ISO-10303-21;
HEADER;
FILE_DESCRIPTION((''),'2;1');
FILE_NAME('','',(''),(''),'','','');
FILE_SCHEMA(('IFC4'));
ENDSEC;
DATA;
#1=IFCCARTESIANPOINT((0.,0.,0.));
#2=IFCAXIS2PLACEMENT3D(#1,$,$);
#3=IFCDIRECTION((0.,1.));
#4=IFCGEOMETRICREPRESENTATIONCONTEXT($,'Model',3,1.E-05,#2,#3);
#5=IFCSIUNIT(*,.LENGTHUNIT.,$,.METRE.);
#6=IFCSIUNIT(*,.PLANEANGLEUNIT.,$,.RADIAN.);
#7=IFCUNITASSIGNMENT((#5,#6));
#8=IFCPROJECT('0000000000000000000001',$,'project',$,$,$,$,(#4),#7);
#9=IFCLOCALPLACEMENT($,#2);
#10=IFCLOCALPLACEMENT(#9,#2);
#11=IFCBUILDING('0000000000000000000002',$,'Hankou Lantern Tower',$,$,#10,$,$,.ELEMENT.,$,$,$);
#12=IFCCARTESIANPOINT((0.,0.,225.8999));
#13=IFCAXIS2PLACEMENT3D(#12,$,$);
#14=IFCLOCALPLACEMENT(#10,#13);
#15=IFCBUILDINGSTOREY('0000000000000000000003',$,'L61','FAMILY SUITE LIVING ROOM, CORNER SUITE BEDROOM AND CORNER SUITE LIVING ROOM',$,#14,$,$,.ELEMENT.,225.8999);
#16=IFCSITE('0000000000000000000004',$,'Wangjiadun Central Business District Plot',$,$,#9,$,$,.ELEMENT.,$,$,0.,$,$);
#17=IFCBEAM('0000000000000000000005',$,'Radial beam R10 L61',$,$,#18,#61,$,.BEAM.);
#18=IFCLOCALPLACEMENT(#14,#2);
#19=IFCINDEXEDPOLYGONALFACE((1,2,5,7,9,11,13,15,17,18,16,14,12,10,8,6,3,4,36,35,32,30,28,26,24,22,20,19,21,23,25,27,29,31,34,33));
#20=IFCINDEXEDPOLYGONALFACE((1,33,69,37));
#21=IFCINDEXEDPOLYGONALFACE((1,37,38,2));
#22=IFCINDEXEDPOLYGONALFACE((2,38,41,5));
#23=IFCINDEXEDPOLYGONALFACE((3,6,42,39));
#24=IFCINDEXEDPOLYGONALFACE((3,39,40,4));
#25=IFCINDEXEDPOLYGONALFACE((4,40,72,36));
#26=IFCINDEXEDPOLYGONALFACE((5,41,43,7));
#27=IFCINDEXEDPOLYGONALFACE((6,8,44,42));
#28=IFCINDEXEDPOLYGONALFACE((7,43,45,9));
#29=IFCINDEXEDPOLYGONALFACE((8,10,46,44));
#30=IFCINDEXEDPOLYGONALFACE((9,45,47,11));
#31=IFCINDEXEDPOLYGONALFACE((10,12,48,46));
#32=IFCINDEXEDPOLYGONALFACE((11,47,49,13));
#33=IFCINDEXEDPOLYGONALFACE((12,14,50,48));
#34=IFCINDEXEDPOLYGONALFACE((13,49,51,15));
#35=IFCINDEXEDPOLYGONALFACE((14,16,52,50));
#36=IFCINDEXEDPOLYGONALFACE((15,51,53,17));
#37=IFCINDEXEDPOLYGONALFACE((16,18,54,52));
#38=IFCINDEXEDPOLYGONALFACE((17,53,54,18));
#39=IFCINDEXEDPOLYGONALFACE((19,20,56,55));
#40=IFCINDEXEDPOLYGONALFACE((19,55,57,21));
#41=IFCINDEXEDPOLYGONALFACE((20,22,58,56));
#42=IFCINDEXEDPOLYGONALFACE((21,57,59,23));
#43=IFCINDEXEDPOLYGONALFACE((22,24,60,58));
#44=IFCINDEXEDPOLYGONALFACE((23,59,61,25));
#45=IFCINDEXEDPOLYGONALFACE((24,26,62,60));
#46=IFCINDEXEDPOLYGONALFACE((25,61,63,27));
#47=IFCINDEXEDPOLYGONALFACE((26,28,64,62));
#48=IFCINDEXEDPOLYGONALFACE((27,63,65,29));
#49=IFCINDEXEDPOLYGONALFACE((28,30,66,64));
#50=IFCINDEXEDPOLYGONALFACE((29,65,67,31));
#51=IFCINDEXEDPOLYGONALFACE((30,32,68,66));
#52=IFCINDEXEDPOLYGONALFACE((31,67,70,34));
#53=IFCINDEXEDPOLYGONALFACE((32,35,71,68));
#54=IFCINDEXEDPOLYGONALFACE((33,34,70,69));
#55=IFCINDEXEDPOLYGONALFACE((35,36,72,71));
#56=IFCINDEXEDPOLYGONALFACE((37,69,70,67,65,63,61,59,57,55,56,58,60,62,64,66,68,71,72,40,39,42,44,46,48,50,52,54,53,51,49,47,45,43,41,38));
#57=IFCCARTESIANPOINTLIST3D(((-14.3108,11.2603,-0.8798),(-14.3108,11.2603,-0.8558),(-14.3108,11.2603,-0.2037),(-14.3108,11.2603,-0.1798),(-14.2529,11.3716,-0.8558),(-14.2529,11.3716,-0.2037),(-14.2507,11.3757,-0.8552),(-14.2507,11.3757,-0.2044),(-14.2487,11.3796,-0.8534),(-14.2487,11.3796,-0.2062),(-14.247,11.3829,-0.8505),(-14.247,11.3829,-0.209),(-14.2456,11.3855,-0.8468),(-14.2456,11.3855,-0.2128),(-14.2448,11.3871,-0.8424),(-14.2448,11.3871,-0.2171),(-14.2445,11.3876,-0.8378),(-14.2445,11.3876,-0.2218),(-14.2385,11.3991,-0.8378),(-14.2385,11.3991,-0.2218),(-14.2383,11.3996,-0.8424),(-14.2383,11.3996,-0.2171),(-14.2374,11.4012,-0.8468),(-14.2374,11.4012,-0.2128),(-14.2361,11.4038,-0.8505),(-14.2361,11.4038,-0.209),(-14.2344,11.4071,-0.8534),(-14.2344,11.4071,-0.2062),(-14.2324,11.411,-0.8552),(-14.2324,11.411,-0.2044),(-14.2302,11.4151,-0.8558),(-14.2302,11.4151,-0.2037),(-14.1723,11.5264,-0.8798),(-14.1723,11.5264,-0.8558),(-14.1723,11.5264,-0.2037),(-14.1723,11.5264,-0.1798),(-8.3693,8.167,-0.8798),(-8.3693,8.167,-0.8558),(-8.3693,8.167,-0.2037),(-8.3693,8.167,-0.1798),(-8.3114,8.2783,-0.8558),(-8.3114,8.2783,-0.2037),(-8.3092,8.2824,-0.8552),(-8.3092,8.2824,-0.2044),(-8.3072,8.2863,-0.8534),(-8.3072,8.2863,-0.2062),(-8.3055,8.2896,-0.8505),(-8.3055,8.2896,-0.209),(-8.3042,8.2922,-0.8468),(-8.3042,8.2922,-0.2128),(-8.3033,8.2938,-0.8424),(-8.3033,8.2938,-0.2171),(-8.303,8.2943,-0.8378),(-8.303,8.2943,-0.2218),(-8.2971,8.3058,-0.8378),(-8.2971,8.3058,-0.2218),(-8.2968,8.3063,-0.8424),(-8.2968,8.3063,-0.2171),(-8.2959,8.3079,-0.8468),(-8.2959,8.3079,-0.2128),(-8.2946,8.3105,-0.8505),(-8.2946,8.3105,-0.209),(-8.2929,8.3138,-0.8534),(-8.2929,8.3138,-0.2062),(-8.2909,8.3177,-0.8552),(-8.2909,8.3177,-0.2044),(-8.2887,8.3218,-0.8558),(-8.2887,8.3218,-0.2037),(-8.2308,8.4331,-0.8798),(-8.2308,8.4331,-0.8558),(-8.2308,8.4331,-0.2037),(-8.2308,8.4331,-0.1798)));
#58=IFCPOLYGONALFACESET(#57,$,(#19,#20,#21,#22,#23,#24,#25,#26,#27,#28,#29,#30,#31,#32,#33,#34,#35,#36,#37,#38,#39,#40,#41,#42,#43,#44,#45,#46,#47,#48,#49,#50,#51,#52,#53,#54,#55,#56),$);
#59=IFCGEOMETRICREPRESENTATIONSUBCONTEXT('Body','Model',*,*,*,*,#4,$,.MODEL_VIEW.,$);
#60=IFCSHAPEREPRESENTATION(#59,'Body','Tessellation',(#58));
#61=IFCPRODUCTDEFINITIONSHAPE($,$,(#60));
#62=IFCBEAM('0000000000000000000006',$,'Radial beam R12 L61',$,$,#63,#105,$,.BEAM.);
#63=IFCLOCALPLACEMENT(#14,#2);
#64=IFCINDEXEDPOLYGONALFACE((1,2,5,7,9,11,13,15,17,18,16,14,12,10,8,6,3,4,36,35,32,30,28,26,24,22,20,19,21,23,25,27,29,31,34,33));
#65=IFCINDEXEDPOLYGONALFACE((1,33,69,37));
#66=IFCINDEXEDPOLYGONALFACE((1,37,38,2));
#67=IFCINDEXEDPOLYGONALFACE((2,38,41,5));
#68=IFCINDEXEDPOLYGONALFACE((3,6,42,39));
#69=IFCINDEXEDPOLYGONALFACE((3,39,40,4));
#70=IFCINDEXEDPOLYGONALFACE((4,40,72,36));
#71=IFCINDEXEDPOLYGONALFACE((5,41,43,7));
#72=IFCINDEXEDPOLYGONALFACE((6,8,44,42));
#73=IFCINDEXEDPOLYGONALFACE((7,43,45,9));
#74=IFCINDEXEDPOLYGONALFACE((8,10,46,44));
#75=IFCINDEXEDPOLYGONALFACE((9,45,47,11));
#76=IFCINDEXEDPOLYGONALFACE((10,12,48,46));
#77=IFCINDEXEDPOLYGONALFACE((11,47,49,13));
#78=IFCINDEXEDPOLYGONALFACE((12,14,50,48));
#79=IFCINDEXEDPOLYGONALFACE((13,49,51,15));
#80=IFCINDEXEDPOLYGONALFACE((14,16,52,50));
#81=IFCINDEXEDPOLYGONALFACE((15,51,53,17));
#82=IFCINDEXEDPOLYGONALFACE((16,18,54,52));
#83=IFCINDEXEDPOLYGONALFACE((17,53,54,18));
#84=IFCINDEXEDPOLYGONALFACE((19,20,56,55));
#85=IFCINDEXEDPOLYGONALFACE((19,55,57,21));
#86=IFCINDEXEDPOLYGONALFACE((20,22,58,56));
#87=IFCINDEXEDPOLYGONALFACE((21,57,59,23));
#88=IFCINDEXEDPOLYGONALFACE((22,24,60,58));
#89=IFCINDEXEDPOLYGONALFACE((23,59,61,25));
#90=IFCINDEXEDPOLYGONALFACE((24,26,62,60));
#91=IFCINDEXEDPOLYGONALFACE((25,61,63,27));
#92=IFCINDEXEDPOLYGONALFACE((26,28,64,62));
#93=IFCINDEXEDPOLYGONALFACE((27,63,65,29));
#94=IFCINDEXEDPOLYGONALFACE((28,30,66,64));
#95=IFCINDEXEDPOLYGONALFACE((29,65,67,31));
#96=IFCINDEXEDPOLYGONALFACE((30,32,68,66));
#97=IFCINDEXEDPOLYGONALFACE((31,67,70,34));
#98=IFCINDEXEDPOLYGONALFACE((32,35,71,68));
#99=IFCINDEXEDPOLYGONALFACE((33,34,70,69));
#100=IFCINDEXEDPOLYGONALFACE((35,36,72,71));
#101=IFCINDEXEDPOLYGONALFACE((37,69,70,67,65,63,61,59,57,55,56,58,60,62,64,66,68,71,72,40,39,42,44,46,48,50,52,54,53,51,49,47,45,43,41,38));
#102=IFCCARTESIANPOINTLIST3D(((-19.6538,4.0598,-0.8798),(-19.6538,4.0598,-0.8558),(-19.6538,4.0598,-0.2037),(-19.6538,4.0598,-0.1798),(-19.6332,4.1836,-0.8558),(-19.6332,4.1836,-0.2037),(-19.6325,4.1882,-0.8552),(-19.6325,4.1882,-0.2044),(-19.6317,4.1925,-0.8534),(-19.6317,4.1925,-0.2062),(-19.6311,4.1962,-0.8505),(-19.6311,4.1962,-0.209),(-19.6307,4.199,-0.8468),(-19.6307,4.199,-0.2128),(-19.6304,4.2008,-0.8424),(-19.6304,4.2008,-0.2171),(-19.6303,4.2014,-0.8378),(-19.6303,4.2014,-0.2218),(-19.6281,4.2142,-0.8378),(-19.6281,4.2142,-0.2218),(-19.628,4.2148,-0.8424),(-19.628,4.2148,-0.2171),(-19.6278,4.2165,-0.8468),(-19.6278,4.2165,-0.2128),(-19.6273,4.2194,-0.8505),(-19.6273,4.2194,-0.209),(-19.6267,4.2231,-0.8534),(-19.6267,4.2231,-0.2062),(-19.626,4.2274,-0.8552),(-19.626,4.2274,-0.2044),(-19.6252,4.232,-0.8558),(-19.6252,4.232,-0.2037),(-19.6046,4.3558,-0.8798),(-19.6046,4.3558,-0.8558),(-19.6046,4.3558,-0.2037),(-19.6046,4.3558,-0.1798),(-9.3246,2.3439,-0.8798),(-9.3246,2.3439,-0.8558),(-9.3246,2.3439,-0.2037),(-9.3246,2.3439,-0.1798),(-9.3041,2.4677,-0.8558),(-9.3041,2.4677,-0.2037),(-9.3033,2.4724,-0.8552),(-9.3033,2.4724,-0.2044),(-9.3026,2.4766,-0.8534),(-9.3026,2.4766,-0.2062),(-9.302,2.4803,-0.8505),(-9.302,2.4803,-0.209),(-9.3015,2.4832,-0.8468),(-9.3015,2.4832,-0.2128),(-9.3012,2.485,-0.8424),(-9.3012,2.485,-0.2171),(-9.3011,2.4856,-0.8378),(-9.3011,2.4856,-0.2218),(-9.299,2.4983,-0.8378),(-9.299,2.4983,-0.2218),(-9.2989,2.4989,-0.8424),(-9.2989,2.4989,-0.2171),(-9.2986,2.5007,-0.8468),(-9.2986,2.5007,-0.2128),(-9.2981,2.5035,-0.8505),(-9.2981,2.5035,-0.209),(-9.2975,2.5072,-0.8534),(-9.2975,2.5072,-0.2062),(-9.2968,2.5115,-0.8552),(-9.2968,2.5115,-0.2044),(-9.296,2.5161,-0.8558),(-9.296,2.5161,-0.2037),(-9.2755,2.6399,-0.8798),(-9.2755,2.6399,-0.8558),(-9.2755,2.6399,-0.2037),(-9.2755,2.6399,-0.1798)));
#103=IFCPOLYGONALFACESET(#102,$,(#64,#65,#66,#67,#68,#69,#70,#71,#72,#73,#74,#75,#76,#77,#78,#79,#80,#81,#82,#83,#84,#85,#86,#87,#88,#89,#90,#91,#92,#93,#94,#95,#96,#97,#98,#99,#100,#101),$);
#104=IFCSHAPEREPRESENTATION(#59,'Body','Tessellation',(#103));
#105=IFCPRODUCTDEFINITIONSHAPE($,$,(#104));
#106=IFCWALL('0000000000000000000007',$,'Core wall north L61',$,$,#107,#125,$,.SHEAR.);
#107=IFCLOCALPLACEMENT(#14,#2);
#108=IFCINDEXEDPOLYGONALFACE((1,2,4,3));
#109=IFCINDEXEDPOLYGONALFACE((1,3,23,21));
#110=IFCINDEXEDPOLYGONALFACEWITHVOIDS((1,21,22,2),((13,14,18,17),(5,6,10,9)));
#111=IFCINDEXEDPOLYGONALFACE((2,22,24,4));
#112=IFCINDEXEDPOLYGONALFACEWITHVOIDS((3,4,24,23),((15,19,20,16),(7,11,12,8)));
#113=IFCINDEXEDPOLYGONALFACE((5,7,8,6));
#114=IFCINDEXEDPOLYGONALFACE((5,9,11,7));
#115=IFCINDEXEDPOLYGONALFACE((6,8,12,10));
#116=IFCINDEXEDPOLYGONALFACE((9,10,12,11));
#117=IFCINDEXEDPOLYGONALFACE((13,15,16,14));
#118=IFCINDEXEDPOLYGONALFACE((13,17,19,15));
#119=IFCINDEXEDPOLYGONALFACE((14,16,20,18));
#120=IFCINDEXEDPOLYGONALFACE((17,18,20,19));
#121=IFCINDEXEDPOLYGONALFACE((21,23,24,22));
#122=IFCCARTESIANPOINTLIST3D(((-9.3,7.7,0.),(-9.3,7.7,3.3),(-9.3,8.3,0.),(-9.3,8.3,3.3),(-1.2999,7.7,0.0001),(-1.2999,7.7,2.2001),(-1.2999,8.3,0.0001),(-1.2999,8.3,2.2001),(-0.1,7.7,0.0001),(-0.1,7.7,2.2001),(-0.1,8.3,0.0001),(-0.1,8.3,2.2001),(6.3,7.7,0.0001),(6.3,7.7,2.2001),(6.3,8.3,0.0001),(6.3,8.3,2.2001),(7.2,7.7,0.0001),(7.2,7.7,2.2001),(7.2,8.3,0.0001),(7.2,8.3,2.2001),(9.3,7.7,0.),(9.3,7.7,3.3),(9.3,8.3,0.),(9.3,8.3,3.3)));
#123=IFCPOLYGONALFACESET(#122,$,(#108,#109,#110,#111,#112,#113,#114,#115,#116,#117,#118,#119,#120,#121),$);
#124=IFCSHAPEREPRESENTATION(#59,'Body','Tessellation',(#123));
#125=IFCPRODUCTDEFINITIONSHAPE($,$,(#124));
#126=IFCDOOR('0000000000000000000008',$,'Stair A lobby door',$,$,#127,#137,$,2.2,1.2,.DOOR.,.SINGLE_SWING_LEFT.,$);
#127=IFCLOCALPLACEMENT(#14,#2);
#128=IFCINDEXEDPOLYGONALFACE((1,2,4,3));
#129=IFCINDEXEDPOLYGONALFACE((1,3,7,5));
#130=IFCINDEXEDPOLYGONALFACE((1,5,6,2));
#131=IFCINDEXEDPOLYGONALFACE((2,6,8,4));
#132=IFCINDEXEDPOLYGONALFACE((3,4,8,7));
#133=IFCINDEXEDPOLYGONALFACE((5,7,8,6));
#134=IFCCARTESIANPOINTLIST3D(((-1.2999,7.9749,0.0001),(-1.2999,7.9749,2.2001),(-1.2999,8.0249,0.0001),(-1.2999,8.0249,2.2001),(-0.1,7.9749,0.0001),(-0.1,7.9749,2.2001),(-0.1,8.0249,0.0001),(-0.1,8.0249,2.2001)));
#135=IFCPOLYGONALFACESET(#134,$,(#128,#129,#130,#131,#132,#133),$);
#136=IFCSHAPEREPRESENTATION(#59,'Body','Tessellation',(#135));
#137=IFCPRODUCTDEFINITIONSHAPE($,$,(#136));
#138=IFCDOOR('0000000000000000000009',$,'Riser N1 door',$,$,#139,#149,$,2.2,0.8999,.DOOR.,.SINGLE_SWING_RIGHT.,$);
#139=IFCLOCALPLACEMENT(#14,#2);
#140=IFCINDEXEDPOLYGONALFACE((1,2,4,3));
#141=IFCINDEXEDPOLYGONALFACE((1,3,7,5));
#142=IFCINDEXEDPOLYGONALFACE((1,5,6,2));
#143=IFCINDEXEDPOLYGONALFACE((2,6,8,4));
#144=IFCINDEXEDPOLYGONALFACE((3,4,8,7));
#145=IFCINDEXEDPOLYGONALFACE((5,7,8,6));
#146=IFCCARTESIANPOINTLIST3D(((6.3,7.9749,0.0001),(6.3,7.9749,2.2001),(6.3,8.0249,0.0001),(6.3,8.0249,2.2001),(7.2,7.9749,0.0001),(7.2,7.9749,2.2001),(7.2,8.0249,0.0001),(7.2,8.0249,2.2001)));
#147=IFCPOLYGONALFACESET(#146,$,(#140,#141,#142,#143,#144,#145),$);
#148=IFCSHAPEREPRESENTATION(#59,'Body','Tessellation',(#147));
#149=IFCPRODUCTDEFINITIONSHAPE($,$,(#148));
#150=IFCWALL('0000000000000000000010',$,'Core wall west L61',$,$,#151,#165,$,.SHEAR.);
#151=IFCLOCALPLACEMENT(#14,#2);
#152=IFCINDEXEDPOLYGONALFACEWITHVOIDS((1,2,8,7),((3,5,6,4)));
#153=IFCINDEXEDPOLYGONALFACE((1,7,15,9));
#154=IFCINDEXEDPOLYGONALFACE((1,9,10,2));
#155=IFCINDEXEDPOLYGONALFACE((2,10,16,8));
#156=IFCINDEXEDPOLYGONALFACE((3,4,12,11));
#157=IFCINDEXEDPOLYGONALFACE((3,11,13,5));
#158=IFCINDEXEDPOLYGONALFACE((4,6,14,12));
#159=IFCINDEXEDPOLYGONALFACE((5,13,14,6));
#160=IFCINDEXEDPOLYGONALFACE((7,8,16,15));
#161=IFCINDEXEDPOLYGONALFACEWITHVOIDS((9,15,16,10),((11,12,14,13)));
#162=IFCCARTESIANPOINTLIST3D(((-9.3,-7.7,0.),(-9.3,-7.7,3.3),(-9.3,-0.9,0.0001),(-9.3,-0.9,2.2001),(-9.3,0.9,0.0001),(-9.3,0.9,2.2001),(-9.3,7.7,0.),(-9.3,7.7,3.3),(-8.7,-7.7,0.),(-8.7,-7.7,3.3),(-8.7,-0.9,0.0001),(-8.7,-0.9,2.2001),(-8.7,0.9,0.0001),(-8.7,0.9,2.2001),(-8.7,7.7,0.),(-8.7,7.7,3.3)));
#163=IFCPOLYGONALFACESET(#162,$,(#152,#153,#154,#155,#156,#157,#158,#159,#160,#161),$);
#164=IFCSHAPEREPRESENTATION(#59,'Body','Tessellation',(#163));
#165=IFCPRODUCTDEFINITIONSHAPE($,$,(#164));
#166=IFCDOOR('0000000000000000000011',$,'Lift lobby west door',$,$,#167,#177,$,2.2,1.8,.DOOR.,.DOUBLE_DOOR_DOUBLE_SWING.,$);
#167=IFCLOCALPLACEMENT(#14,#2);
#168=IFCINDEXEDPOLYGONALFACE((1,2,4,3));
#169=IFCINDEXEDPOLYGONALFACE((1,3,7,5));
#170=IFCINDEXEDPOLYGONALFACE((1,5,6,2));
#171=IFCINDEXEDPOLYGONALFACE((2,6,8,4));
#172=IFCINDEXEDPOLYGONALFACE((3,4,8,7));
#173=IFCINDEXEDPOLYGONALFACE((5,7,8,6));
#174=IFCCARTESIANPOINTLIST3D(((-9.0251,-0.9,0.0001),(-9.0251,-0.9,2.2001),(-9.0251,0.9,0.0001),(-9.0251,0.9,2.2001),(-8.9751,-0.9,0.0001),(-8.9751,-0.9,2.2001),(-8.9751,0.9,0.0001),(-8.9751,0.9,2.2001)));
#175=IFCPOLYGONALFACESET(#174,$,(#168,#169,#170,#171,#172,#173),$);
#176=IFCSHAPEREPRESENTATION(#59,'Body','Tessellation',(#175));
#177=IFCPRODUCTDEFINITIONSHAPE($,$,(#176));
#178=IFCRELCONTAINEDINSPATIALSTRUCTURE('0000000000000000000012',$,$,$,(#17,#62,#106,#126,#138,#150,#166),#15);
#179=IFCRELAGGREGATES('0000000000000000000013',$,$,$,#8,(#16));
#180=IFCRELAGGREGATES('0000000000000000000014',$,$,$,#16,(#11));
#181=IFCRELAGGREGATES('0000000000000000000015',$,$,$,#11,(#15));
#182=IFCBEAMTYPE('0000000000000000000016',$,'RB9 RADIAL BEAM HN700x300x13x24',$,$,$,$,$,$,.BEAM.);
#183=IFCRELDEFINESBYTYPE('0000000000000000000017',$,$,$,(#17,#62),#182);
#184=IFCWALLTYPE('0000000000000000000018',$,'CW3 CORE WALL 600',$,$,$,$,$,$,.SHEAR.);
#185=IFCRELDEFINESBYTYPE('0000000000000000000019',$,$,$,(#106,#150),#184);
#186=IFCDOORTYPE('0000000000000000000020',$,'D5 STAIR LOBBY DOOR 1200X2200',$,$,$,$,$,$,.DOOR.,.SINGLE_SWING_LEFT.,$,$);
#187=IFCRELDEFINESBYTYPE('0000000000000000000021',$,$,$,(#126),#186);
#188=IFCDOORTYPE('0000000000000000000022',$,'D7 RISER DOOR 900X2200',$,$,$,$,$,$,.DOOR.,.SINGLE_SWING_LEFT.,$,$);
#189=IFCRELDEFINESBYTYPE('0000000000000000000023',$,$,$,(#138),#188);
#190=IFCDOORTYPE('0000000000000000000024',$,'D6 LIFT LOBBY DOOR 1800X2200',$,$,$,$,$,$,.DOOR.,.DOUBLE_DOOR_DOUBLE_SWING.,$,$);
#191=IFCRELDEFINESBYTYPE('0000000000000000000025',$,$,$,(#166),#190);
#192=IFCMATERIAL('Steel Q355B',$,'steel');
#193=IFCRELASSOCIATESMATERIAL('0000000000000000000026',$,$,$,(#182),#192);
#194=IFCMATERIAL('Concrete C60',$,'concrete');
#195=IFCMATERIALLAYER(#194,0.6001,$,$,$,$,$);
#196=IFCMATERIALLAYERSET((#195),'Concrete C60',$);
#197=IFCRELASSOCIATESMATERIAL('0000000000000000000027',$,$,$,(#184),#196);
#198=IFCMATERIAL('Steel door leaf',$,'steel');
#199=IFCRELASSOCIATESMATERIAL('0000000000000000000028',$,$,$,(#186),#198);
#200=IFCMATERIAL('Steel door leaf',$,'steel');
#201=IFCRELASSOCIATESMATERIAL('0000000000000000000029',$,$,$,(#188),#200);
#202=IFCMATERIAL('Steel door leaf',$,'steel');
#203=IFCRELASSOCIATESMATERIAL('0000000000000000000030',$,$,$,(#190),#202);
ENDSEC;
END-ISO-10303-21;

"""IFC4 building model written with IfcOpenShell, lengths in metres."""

from ifc_helpers import new_model, si_unit, direction, frame, frame_2d, origin, origin_2d, place, context, subcontext, project, spatial, rectangle, i_section, extrude, material, layer, layer_set, material_profile, profile_set, type_object, element, fill, save


model = new_model("IFC4")

# Units and contexts
model_context = context("Model", 3, precision=1e-05, world=origin(), true_north=direction((0.0, 1.0)))
body_context = subcontext(model_context, "Body", "Model", "MODEL_VIEW")
ifc_project = project(units=[si_unit("LENGTHUNIT", "METRE"), si_unit("PLANEANGLEUNIT", "RADIAN")], contexts=[model_context])

# Site, building, storey
site_placement = place(None, origin())
site = spatial("IfcSite", under=ifc_project, at=site_placement, Name="Wangjiadun Central Business District Plot", CompositionType="ELEMENT", RefElevation=0.0)
building_placement = place(site_placement, origin())
building = spatial("IfcBuilding", under=site, at=building_placement, Name="Hankou Lantern Tower", CompositionType="ELEMENT")
storey_placement = place(building_placement, frame((0.0, 0.0, 225.8999)))
storey = spatial("IfcBuildingStorey", under=building, at=storey_placement, Name="L61", Description="FAMILY SUITE LIVING ROOM, CORNER SUITE BEDROOM AND CORNER SUITE LIVING ROOM", CompositionType="ELEMENT", Elevation=225.8999)

# Beams
ifc_material_1 = material(Name="Steel Q355B", Category="steel")
ifc_material_profile_1 = material_profile(ifc_material_1, i_section(OverallWidth=0.3, OverallDepth=0.7, WebThickness=0.0129, FlangeThickness=0.0239, FilletRadius=0.0181, at=origin_2d()), Name="HN700x300x13x24")
ifc_profile_set_1 = profile_set([ifc_material_profile_1], Name="Steel Q355B")
beam_type_1 = type_object("IfcBeamType", Name="RB9 RADIAL BEAM HN700x300x13x24", PredefinedType="BEAM", material=ifc_profile_set_1)
beam_1_placement = place(storey_placement, frame((-8.3, 8.3, -0.5298), z_axis=(-0.886989, 0.461791, 0.0), x_axis=(-0.461791, -0.886989, 0.0)))
element("IfcBeam", 1, at=beam_1_placement, inside=storey, type_object=beam_type_1, Name="Radial beam R10 L61", PredefinedType="BEAM", context=body_context, shape_type="SweptSolid", body=[
    extrude(i_section(OverallWidth=0.3, OverallDepth=0.7, WebThickness=0.0129, FlangeThickness=0.0239, FilletRadius=0.0181, at=origin_2d()), origin(), (0.0, 0.0, 1.0), 6.6985),
])
beam_2_placement = place(storey_placement, frame((-9.3, 2.4919, -0.5298), z_axis=(-0.986482, 0.16387, 0.0), x_axis=(-0.16387, -0.986482, 0.0)))
element("IfcBeam", 2, at=beam_2_placement, inside=storey, type_object=beam_type_1, Name="Radial beam R12 L61", PredefinedType="BEAM", context=body_context, shape_type="SweptSolid", body=[
    extrude(i_section(OverallWidth=0.3, OverallDepth=0.7, WebThickness=0.0129, FlangeThickness=0.0239, FilletRadius=0.0181, at=origin_2d()), origin(), (0.0, 0.0, 1.0), 10.4707),
])

# Wall, openings, doors
ifc_material_2 = material(Name="Concrete C60", Category="concrete")
ifc_layer_1 = layer(ifc_material_2, 0.6001)
ifc_layer_set_1 = layer_set([ifc_layer_1], Name="Concrete C60")
wall_type_1 = type_object("IfcWallType", Name="CW3 CORE WALL 600", PredefinedType="SHEAR", material=ifc_layer_set_1)
wall_1_placement = place(storey_placement, frame((-9.3, 8.0, 0.0), z_axis=(0.0, 0.0, 1.0), x_axis=(1.0, 0.0, 0.0)))
wall_1 = element("IfcWall", 3, at=wall_1_placement, inside=storey, type_object=wall_type_1, Name="Core wall north L61", PredefinedType="SHEAR", context=body_context, shape_type="SweptSolid", body=[
    extrude(rectangle(XDim=18.6001, YDim=0.6001, at=frame_2d((9.3, 0.0))), origin(), (0.0, 0.0, 1.0), 3.3),
])
opening_1_placement = place(wall_1_placement, frame((8.0, 0.0, 0.0)))
opening_1 = element("IfcOpeningElement", 4, at=opening_1_placement, cuts=wall_1, PredefinedType="OPENING", context=body_context, shape_type="SweptSolid", body=[
    extrude(rectangle(XDim=1.2, YDim=2.2, at=frame_2d((0.6001, 1.1001))), frame((0.0, 0.3101, 0.0), z_axis=(0.0, -1.0, 0.0), x_axis=(1.0, 0.0, 0.0)), (0.0, 0.0, 1.0), 0.6201),
])
opening_2_placement = place(wall_1_placement, frame((15.6001, 0.0, 0.0)))
opening_2 = element("IfcOpeningElement", 5, at=opening_2_placement, cuts=wall_1, PredefinedType="OPENING", context=body_context, shape_type="SweptSolid", body=[
    extrude(rectangle(XDim=0.8999, YDim=2.2, at=frame_2d((0.45, 1.1001))), frame((0.0, 0.3101, 0.0), z_axis=(0.0, -1.0, 0.0), x_axis=(1.0, 0.0, 0.0)), (0.0, 0.0, 1.0), 0.6201),
])
ifc_material_3 = material(Name="Steel door leaf", Category="steel")
door_type_1 = type_object("IfcDoorType", Name="D5 STAIR LOBBY DOOR 1200X2200", OperationType="SINGLE_SWING_LEFT", PredefinedType="DOOR", material=ifc_material_3)
door_1_placement = place(opening_1_placement, origin())
door_1 = element("IfcDoor", 6, at=door_1_placement, inside=storey, type_object=door_type_1, Name="Stair A lobby door", OperationType="SINGLE_SWING_LEFT", OverallHeight=2.2, OverallWidth=1.2, PredefinedType="DOOR", context=body_context, shape_type="SweptSolid", body=[
    extrude(rectangle(XDim=1.2, YDim=2.2, at=frame_2d((0.6001, 1.1001))), frame((0.0, 0.0249, 0.0), z_axis=(0.0, -1.0, 0.0), x_axis=(1.0, 0.0, 0.0)), (0.0, 0.0, 1.0), 0.05),
])
fill(opening_1, door_1)
ifc_material_4 = material(Name="Steel door leaf", Category="steel")
door_type_2 = type_object("IfcDoorType", Name="D7 RISER DOOR 900X2200", OperationType="SINGLE_SWING_LEFT", PredefinedType="DOOR", material=ifc_material_4)
door_2_placement = place(opening_2_placement, origin())
door_2 = element("IfcDoor", 7, at=door_2_placement, inside=storey, type_object=door_type_2, Name="Riser N1 door", OperationType="SINGLE_SWING_RIGHT", OverallHeight=2.2, OverallWidth=0.8999, PredefinedType="DOOR", context=body_context, shape_type="SweptSolid", body=[
    extrude(rectangle(XDim=0.8999, YDim=2.2, at=frame_2d((0.45, 1.1001))), frame((0.0, 0.0249, 0.0), z_axis=(0.0, -1.0, 0.0), x_axis=(1.0, 0.0, 0.0)), (0.0, 0.0, 1.0), 0.05),
])
fill(opening_2, door_2)

# Wall, opening, door
wall_2_placement = place(storey_placement, frame((-9.0, 7.7, 0.0), z_axis=(0.0, 0.0, 1.0), x_axis=(0.0, -1.0, 0.0)))
wall_2 = element("IfcWall", 8, at=wall_2_placement, inside=storey, type_object=wall_type_1, Name="Core wall west L61", PredefinedType="SHEAR", context=body_context, shape_type="SweptSolid", body=[
    extrude(rectangle(XDim=15.3999, YDim=0.6001, at=frame_2d((7.7, 0.0))), origin(), (0.0, 0.0, 1.0), 3.3),
])
opening_3_placement = place(wall_2_placement, frame((6.8, 0.0, 0.0)))
opening_3 = element("IfcOpeningElement", 9, at=opening_3_placement, cuts=wall_2, PredefinedType="OPENING", context=body_context, shape_type="SweptSolid", body=[
    extrude(rectangle(XDim=1.8, YDim=2.2, at=frame_2d((0.8999, 1.1001))), frame((0.0, 0.3101, 0.0), z_axis=(0.0, -1.0, 0.0), x_axis=(1.0, 0.0, 0.0)), (0.0, 0.0, 1.0), 0.6201),
])
ifc_material_5 = material(Name="Steel door leaf", Category="steel")
door_type_3 = type_object("IfcDoorType", Name="D6 LIFT LOBBY DOOR 1800X2200", OperationType="DOUBLE_DOOR_DOUBLE_SWING", PredefinedType="DOOR", material=ifc_material_5)
door_3_placement = place(opening_3_placement, origin())
door_3 = element("IfcDoor", 10, at=door_3_placement, inside=storey, type_object=door_type_3, Name="Lift lobby west door", OperationType="DOUBLE_DOOR_DOUBLE_SWING", OverallHeight=2.2, OverallWidth=1.8, PredefinedType="DOOR", context=body_context, shape_type="SweptSolid", body=[
    extrude(rectangle(XDim=1.8, YDim=2.2, at=frame_2d((0.8999, 1.1001))), frame((0.0, 0.0249, 0.0), z_axis=(0.0, -1.0, 0.0), x_axis=(1.0, 0.0, 0.0)), (0.0, 0.0, 1.0), 0.05),
])
fill(opening_3, door_3)

save(model, "model.ifc")
